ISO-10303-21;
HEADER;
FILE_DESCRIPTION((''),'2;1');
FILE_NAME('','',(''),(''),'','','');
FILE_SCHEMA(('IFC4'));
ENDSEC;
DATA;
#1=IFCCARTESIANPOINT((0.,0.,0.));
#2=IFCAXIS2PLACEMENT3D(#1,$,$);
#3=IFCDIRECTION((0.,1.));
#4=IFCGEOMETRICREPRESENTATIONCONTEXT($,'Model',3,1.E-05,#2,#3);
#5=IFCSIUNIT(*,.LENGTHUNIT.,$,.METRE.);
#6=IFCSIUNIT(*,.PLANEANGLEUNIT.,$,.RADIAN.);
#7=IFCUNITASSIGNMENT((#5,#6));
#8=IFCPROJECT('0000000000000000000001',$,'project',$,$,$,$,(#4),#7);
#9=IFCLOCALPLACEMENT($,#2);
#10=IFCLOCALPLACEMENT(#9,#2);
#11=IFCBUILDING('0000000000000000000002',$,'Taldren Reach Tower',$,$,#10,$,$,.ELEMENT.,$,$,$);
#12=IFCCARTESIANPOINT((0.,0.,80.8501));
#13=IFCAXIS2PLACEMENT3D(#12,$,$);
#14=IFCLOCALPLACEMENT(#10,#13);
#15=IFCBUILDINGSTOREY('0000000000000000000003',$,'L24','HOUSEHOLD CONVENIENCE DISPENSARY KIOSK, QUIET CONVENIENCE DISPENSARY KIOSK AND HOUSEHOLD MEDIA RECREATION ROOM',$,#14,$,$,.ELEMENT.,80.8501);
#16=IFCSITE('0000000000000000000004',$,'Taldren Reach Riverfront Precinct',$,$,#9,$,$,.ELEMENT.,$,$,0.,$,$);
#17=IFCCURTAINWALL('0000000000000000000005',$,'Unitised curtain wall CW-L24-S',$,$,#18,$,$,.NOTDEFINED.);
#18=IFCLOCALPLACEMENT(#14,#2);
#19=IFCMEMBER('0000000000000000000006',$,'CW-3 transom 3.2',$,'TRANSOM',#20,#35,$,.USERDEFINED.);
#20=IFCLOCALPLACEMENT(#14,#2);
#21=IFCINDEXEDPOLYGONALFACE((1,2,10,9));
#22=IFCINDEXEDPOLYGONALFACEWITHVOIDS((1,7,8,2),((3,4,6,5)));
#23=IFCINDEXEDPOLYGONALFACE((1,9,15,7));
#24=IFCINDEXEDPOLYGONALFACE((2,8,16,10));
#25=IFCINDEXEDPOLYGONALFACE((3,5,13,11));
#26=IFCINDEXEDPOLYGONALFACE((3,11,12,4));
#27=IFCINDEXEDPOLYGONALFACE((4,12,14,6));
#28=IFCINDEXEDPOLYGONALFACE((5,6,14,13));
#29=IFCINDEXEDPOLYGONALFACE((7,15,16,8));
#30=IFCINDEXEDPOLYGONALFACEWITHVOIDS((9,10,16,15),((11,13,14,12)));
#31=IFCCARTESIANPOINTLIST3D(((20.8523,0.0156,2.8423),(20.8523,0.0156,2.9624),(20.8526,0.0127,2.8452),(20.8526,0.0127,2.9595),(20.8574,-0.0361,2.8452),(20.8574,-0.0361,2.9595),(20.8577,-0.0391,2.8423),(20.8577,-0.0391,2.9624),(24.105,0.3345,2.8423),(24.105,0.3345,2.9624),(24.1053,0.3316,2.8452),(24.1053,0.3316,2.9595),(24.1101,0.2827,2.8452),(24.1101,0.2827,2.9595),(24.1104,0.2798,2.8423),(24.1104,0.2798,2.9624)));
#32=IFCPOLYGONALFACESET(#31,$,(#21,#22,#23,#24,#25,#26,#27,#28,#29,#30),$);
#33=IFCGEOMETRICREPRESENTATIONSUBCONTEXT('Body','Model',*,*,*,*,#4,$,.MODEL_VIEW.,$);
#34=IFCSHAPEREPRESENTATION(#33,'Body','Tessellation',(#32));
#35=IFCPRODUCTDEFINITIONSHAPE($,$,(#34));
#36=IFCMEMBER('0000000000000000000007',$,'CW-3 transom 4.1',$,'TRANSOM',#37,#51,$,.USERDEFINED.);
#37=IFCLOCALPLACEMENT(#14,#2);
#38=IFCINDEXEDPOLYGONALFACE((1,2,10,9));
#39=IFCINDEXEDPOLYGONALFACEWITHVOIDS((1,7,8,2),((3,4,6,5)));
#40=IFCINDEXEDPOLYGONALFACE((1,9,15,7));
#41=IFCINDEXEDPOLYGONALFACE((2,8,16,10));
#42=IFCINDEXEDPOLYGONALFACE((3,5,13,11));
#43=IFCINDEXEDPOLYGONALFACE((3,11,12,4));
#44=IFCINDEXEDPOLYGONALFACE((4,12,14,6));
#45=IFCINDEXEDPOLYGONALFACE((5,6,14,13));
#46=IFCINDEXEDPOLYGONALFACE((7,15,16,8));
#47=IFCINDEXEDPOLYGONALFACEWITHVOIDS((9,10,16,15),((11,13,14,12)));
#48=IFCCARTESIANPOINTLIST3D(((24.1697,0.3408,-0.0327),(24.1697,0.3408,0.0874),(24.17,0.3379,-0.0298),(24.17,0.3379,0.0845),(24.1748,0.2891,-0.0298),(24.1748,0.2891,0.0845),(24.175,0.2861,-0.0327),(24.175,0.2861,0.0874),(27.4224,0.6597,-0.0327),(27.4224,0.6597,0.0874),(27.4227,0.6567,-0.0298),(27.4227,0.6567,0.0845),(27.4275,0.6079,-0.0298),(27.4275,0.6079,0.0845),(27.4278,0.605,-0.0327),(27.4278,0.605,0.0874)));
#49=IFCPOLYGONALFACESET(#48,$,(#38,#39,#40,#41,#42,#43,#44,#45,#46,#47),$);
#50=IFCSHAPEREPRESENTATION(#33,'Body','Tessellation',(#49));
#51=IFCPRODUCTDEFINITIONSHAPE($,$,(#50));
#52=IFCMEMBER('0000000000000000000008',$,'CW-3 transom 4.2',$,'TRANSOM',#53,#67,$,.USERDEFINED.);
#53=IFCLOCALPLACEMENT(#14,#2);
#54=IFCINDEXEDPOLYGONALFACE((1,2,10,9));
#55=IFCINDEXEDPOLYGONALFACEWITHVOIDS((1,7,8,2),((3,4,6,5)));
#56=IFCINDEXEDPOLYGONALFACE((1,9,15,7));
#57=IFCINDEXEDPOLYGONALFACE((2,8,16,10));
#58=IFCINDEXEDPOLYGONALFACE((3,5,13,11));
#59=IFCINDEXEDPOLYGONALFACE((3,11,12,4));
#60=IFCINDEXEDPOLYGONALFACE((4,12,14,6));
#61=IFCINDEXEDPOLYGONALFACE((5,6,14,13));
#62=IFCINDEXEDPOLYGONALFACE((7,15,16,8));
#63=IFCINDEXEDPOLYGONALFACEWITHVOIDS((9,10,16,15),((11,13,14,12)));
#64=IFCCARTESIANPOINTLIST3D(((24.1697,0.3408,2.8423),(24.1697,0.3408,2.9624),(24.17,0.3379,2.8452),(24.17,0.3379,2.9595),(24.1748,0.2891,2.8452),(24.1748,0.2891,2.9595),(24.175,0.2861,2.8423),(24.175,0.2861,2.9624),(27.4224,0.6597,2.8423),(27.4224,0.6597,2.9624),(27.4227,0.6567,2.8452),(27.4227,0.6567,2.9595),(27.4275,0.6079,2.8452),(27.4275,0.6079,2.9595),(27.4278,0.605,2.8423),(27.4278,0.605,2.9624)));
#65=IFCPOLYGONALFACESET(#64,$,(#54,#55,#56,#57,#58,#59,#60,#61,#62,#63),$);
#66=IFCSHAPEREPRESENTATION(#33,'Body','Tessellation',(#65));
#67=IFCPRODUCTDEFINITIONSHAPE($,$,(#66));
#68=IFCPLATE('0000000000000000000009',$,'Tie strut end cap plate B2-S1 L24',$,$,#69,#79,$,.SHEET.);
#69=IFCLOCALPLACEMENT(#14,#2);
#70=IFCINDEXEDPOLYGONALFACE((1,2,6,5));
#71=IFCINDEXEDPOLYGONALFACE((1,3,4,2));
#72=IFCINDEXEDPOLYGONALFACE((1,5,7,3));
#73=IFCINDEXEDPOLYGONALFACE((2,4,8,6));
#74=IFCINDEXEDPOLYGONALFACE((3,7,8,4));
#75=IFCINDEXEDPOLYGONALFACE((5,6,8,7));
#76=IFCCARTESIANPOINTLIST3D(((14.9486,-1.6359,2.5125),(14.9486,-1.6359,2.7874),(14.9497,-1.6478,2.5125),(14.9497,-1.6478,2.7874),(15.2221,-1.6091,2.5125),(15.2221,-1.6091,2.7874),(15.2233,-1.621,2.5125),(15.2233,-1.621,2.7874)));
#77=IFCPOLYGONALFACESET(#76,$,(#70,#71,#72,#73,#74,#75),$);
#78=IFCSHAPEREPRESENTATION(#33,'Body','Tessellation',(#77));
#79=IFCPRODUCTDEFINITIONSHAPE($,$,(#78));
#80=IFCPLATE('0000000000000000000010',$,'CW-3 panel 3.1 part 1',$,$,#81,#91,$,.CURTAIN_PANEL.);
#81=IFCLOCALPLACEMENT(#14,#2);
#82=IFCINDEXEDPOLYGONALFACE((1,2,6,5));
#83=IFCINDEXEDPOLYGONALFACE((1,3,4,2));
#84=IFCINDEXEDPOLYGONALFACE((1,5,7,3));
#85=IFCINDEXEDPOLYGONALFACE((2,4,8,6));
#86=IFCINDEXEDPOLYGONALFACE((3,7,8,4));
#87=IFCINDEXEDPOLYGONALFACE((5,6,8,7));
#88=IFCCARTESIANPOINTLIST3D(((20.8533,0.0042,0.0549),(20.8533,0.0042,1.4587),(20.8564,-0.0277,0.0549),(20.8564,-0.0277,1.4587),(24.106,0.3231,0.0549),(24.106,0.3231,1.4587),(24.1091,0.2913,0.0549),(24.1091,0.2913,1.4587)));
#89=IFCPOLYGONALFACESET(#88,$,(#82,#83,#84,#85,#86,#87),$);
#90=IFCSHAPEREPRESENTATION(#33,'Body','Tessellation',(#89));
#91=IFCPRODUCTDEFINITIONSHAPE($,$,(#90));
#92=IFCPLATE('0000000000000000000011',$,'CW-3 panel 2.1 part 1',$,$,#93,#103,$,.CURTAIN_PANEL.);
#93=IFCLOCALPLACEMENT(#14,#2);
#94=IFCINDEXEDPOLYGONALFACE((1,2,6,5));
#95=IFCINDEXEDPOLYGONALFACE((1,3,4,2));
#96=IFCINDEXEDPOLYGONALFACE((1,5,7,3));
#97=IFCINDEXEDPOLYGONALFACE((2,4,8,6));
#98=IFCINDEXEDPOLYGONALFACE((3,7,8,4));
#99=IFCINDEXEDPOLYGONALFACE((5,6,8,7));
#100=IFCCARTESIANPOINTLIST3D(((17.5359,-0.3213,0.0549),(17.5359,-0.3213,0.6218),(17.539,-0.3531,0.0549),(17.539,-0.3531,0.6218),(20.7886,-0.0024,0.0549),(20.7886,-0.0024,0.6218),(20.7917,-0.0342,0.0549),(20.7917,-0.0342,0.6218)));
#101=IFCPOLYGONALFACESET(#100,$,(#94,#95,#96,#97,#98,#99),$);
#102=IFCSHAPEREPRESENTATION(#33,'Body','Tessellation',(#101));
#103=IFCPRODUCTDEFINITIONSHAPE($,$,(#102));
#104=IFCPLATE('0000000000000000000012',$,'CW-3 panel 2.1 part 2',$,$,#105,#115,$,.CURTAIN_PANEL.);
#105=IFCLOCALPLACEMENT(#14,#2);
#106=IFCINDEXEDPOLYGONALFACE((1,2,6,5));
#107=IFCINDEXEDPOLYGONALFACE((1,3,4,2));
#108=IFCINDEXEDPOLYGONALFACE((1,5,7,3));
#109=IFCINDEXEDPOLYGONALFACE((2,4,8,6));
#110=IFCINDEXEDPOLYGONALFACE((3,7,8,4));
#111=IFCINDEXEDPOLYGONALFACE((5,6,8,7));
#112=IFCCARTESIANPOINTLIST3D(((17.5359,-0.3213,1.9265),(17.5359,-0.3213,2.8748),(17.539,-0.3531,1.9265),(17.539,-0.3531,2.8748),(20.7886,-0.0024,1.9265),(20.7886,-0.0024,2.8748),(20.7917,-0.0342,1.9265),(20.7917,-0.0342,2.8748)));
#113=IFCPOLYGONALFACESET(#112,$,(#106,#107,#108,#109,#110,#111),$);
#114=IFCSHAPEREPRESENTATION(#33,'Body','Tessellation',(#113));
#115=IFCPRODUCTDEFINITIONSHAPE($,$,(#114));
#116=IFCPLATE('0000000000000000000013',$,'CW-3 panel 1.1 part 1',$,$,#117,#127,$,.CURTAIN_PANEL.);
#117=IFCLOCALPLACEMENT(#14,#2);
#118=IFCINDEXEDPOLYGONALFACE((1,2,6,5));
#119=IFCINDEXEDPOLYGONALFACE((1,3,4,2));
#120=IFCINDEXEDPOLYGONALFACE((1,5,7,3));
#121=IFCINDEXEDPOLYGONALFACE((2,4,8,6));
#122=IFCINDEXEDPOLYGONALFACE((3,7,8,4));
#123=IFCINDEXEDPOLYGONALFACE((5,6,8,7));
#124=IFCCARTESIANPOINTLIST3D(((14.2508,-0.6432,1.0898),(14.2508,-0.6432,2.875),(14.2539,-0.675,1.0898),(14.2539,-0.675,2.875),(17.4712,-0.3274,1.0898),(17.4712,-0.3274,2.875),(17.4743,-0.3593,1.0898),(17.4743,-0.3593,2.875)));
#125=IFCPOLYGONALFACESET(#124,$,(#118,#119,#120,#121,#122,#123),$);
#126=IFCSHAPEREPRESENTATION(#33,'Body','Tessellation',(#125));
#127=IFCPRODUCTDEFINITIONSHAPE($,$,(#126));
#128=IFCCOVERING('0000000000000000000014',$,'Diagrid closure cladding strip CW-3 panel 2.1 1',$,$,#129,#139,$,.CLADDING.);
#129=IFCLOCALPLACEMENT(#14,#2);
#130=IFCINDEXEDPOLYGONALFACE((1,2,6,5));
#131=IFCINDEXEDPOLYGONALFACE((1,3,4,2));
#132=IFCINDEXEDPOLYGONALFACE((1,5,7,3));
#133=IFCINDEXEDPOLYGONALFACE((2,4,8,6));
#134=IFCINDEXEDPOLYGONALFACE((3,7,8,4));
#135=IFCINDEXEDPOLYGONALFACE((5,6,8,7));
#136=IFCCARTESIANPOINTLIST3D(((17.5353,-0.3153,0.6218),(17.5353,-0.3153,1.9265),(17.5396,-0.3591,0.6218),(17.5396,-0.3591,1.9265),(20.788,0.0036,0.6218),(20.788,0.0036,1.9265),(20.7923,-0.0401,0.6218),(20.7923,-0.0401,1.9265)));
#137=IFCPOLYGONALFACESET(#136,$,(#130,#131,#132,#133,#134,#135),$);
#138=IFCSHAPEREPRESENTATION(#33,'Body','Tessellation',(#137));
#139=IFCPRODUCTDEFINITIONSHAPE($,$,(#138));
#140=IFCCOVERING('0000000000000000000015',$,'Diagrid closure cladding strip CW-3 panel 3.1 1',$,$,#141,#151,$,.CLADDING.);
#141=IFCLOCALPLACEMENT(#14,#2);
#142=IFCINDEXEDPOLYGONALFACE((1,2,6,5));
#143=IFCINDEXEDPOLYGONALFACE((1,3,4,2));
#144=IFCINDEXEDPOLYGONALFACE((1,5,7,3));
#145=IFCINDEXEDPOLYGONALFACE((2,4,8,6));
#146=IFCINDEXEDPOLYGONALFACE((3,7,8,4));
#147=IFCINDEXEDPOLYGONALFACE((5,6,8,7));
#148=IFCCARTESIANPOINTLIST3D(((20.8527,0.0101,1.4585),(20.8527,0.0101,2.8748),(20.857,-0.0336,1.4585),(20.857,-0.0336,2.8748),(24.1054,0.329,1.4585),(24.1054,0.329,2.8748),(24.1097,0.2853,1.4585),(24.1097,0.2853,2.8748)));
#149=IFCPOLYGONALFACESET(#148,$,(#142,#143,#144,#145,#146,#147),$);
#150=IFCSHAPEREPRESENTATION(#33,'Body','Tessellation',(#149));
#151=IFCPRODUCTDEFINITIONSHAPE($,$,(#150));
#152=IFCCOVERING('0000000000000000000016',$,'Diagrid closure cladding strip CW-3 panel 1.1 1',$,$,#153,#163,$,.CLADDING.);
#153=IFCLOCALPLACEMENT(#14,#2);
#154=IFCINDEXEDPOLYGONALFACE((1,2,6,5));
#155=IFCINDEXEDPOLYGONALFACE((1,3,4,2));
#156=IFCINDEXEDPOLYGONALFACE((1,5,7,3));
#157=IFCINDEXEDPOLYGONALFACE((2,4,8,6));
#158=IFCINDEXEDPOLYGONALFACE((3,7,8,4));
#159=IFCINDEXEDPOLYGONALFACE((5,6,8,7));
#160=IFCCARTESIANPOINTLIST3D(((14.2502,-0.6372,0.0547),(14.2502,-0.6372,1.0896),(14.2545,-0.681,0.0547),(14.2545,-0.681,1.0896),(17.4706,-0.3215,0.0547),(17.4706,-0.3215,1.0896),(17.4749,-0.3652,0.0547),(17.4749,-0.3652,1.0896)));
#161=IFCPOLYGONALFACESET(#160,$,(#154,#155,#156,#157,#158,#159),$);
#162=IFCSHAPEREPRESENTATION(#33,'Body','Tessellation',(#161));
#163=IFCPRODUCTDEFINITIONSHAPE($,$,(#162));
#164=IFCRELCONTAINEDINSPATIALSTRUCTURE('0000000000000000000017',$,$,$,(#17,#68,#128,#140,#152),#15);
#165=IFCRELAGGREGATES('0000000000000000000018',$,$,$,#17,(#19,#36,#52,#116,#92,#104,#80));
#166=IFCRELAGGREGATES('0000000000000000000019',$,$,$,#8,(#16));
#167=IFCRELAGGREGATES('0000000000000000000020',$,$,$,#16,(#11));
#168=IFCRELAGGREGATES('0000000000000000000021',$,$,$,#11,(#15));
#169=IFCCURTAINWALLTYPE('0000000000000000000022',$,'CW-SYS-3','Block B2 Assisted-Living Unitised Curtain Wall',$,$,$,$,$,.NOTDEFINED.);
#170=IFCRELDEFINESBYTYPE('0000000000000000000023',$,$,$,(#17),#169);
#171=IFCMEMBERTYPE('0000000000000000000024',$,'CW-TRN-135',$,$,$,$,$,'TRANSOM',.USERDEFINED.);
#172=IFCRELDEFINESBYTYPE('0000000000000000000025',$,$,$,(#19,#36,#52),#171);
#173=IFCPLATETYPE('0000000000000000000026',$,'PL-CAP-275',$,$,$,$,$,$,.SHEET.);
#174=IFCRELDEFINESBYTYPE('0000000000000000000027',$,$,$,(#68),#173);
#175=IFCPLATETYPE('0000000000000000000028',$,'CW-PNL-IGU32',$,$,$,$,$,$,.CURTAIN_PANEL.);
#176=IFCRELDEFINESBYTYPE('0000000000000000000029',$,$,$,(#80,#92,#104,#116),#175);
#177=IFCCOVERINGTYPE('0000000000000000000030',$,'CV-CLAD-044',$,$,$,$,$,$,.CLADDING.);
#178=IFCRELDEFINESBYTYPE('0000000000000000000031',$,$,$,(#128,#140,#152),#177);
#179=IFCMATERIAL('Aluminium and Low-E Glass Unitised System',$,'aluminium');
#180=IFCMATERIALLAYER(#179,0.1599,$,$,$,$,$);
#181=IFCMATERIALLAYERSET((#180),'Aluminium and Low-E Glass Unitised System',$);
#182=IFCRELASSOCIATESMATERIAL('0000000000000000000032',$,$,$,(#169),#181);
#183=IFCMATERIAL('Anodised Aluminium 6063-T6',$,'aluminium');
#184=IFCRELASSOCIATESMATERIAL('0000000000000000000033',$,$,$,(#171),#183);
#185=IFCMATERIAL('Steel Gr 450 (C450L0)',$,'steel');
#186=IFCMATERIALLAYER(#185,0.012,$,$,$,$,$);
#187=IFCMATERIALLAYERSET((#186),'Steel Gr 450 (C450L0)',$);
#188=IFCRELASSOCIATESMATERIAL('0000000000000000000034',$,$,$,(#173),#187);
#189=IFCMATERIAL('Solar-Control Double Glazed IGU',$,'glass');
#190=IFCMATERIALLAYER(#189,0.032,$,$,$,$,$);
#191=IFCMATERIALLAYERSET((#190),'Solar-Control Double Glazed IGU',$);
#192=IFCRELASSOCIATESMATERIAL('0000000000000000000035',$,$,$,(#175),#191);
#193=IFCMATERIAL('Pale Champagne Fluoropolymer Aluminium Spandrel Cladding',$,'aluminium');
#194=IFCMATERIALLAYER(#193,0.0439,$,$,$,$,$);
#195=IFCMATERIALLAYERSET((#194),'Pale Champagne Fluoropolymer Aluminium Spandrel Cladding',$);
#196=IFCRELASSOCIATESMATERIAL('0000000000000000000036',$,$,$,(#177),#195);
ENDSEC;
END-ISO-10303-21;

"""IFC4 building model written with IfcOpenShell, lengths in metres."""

from ifc_helpers import new_model, si_unit, direction, frame, origin, origin_2d, place, context, subcontext, project, spatial, rectangle, hollow_rectangle, extrude, source, transform, mapped, material, layer, layer_set, material_profile, profile_set, type_object, element, aggregate, save


model = new_model("IFC4")

# Units and contexts
model_context = context("Model", 3, precision=1e-05, world=origin(), true_north=direction((0.0, 1.0)))
body_context = subcontext(model_context, "Body", "Model", "MODEL_VIEW")
ifc_project = project(units=[si_unit("LENGTHUNIT", "METRE"), si_unit("PLANEANGLEUNIT", "RADIAN")], contexts=[model_context])

# Site, building, storey
site_placement = place(None, origin())
site = spatial("IfcSite", under=ifc_project, at=site_placement, Name="Taldren Reach Riverfront Precinct", CompositionType="ELEMENT", RefElevation=0.0)
building_placement = place(site_placement, origin())
building = spatial("IfcBuilding", under=site, at=building_placement, Name="Taldren Reach Tower", CompositionType="ELEMENT")
storey_placement = place(building_placement, frame((0.0, 0.0, 80.8501)))
storey = spatial("IfcBuildingStorey", under=building, at=storey_placement, Name="L24", Description="HOUSEHOLD CONVENIENCE DISPENSARY KIOSK, QUIET CONVENIENCE DISPENSARY KIOSK AND HOUSEHOLD MEDIA RECREATION ROOM", CompositionType="ELEMENT", Elevation=80.8501)

# Shared definitions
ifc_material_1 = material(Name="Steel Gr 450 (C450L0)", Category="steel")

# Curtain wall, members
ifc_material_2 = material(Name="Aluminium and Low-E Glass Unitised System", Category="aluminium")
ifc_layer_1 = layer(ifc_material_2, 0.1599)
ifc_layer_set_1 = layer_set([ifc_layer_1], Name="Aluminium and Low-E Glass Unitised System")
curtain_wall_type = type_object("IfcCurtainWallType", Name="CW-SYS-3", Description="Block B2 Assisted-Living Unitised Curtain Wall", PredefinedType="NOTDEFINED", material=ifc_layer_set_1)
curtain_wall_placement = place(storey_placement, origin())
curtain_wall = element("IfcCurtainWall", 1, at=curtain_wall_placement, inside=storey, type_object=curtain_wall_type, Name="Unitised curtain wall CW-L24-S", PredefinedType="NOTDEFINED")
ifc_material_3 = material(Name="Anodised Aluminium 6063-T6", Category="aluminium")
ifc_material_profile_1 = material_profile(ifc_material_3, hollow_rectangle(XDim=0.0549, YDim=0.1201, WallThickness=0.0029, at=origin_2d()), Name="ALU-120x55x3RHS")
ifc_profile_set_1 = profile_set([ifc_material_profile_1], Name="Anodised Aluminium 6063-T6")
member_type_1 = type_object("IfcMemberType", Name="CW-TRN-135", ElementType="TRANSOM", PredefinedType="USERDEFINED", material=ifc_profile_set_1)
shared_shape_1 = source(origin(), body_context, "Body", "SweptSolid", [
    extrude(hollow_rectangle(XDim=0.0549, YDim=0.1201, WallThickness=0.0029, at=origin_2d()), origin(), (0.0, 0.0, 1.0), 3.2683),
])
member_1_placement = place(storey_placement, frame((20.855, -0.0117, 2.9023), z_axis=(0.99523, 0.097558, 0.0), x_axis=(-0.097558, 0.99523, 0.0)))
member_1 = element("IfcMember", 2, at=member_1_placement, type_object=member_type_1, Name="CW-3 transom 3.2", ObjectType="TRANSOM", PredefinedType="USERDEFINED", context=body_context, shape_type="MappedRepresentation", body=[
    mapped(shared_shape_1, transform((0.0, 0.0, 0.0), scale=1.0)),
])
member_2_placement = place(storey_placement, frame((24.1724, 0.3135, 0.0273), z_axis=(0.99523, 0.097558, 0.0), x_axis=(-0.097558, 0.99523, 0.0)))
member_2 = element("IfcMember", 3, at=member_2_placement, type_object=member_type_1, Name="CW-3 transom 4.1", ObjectType="TRANSOM", PredefinedType="USERDEFINED", context=body_context, shape_type="MappedRepresentation", body=[
    mapped(shared_shape_1, transform((0.0, 0.0, 0.0), scale=1.0)),
])
member_3_placement = place(storey_placement, frame((24.1724, 0.3135, 2.9023), z_axis=(0.99523, 0.097558, 0.0), x_axis=(-0.097558, 0.99523, 0.0)))
member_3 = element("IfcMember", 4, at=member_3_placement, type_object=member_type_1, Name="CW-3 transom 4.2", ObjectType="TRANSOM", PredefinedType="USERDEFINED", context=body_context, shape_type="MappedRepresentation", body=[
    mapped(shared_shape_1, transform((0.0, 0.0, 0.0), scale=1.0)),
])

# Plates
ifc_layer_2 = layer(ifc_material_1, 0.012)
ifc_layer_set_2 = layer_set([ifc_layer_2], Name="Steel Gr 450 (C450L0)")
plate_type_1 = type_object("IfcPlateType", Name="PL-CAP-275", PredefinedType="SHEET", material=ifc_layer_set_2)
shared_shape_2 = source(origin(), body_context, "Body", "SweptSolid", [
    extrude(rectangle(XDim=0.2749, YDim=0.012, at=origin_2d()), origin(), (0.0, 0.0, 1.0), 0.2749),
])
plate_1_placement = place(storey_placement, frame((15.0859, -1.6284, 2.5125), z_axis=(0.0, 0.0, 1.0), x_axis=(0.995227, 0.097583, 0.0)))
element("IfcPlate", 5, at=plate_1_placement, inside=storey, type_object=plate_type_1, Name="Tie strut end cap plate B2-S1 L24", PredefinedType="SHEET", context=body_context, shape_type="MappedRepresentation", body=[
    mapped(shared_shape_2, transform((0.0, 0.0, 0.0), scale=1.0)),
])
ifc_material_4 = material(Name="Solar-Control Double Glazed IGU", Category="glass")
ifc_layer_3 = layer(ifc_material_4, 0.032)
ifc_layer_set_3 = layer_set([ifc_layer_3], Name="Solar-Control Double Glazed IGU")
plate_type_2 = type_object("IfcPlateType", Name="CW-PNL-IGU32", PredefinedType="CURTAIN_PANEL", material=ifc_layer_set_3)
shared_shape_3 = source(origin(), body_context, "Body", "SweptSolid", [
    extrude(rectangle(XDim=3.2683, YDim=0.032, at=origin_2d()), origin(), (0.0, 0.0, 1.0), 1.4038),
])
plate_2_placement = place(storey_placement, frame((22.4812, 0.1477, 0.0549), z_axis=(0.0, 0.0, 1.0), x_axis=(0.995227, 0.097583, 0.0)))
plate_2 = element("IfcPlate", 6, at=plate_2_placement, type_object=plate_type_2, Name="CW-3 panel 3.1 part 1", PredefinedType="CURTAIN_PANEL", context=body_context, shape_type="MappedRepresentation", body=[
    mapped(shared_shape_3, transform((0.0, 0.0, 0.0), scale=1.0)),
])
shared_shape_4 = source(origin(), body_context, "Body", "SweptSolid", [
    extrude(rectangle(XDim=3.2683, YDim=0.032, at=origin_2d()), origin(), (0.0, 0.0, 1.0), 0.5669),
])
plate_3_placement = place(storey_placement, frame((19.1638, -0.1777, 0.0549), z_axis=(0.0, 0.0, 1.0), x_axis=(0.995227, 0.097583, 0.0)))
plate_3 = element("IfcPlate", 7, at=plate_3_placement, type_object=plate_type_2, Name="CW-3 panel 2.1 part 1", PredefinedType="CURTAIN_PANEL", context=body_context, shape_type="MappedRepresentation", body=[
    mapped(shared_shape_4, transform((0.0, 0.0, 0.0), scale=1.0)),
])
shared_shape_5 = source(origin(), body_context, "Body", "SweptSolid", [
    extrude(rectangle(XDim=3.2683, YDim=0.032, at=origin_2d()), origin(), (0.0, 0.0, 1.0), 0.9482),
])
plate_4_placement = place(storey_placement, frame((19.1638, -0.1777, 1.9265), z_axis=(0.0, 0.0, 1.0), x_axis=(0.995227, 0.097583, 0.0)))
plate_4 = element("IfcPlate", 8, at=plate_4_placement, type_object=plate_type_2, Name="CW-3 panel 2.1 part 2", PredefinedType="CURTAIN_PANEL", context=body_context, shape_type="MappedRepresentation", body=[
    mapped(shared_shape_5, transform((0.0, 0.0, 0.0), scale=1.0)),
])
shared_shape_6 = source(origin(), body_context, "Body", "SweptSolid", [
    extrude(rectangle(XDim=3.2358, YDim=0.032, at=origin_2d()), origin(), (0.0, 0.0, 1.0), 1.7852),
])
plate_5_placement = place(storey_placement, frame((15.8625, -0.5012, 1.0898), z_axis=(0.0, 0.0, 1.0), x_axis=(0.995227, 0.097583, 0.0)))
plate_5 = element("IfcPlate", 9, at=plate_5_placement, type_object=plate_type_2, Name="CW-3 panel 1.1 part 1", PredefinedType="CURTAIN_PANEL", context=body_context, shape_type="MappedRepresentation", body=[
    mapped(shared_shape_6, transform((0.0, 0.0, 0.0), scale=1.0)),
])
aggregate(curtain_wall, [member_1, member_2, member_3, plate_5, plate_3, plate_4, plate_2])

# Coverings
ifc_material_5 = material(Name="Pale Champagne Fluoropolymer Aluminium Spandrel Cladding", Category="aluminium")
ifc_layer_4 = layer(ifc_material_5, 0.0439)
ifc_layer_set_4 = layer_set([ifc_layer_4], Name="Pale Champagne Fluoropolymer Aluminium Spandrel Cladding")
covering_type = type_object("IfcCoveringType", Name="CV-CLAD-044", PredefinedType="CLADDING", material=ifc_layer_set_4)
shared_shape_7 = source(origin(), body_context, "Body", "SweptSolid", [
    extrude(rectangle(XDim=3.2683, YDim=0.0439, at=origin_2d()), origin(), (0.0, 0.0, 1.0), 1.3047),
])
covering_1_placement = place(storey_placement, frame((19.1638, -0.1777, 0.6218), z_axis=(0.0, 0.0, 1.0), x_axis=(0.995227, 0.097583, 0.0)))
element("IfcCovering", 10, at=covering_1_placement, inside=storey, type_object=covering_type, Name="Diagrid closure cladding strip CW-3 panel 2.1 1", PredefinedType="CLADDING", context=body_context, shape_type="MappedRepresentation", body=[
    mapped(shared_shape_7, transform((0.0, 0.0, 0.0), scale=1.0)),
])
shared_shape_8 = source(origin(), body_context, "Body", "SweptSolid", [
    extrude(rectangle(XDim=3.2683, YDim=0.0439, at=origin_2d()), origin(), (0.0, 0.0, 1.0), 1.4163),
])
covering_2_placement = place(storey_placement, frame((22.4812, 0.1477, 1.4585), z_axis=(0.0, 0.0, 1.0), x_axis=(0.995227, 0.097583, 0.0)))
element("IfcCovering", 11, at=covering_2_placement, inside=storey, type_object=covering_type, Name="Diagrid closure cladding strip CW-3 panel 3.1 1", PredefinedType="CLADDING", context=body_context, shape_type="MappedRepresentation", body=[
    mapped(shared_shape_8, transform((0.0, 0.0, 0.0), scale=1.0)),
])
shared_shape_9 = source(origin(), body_context, "Body", "SweptSolid", [
    extrude(rectangle(XDim=3.2358, YDim=0.0439, at=origin_2d()), origin(), (0.0, 0.0, 1.0), 1.0349),
])
covering_3_placement = place(storey_placement, frame((15.8625, -0.5012, 0.0547), z_axis=(0.0, 0.0, 1.0), x_axis=(0.995227, 0.097583, 0.0)))
element("IfcCovering", 12, at=covering_3_placement, inside=storey, type_object=covering_type, Name="Diagrid closure cladding strip CW-3 panel 1.1 1", PredefinedType="CLADDING", context=body_context, shape_type="MappedRepresentation", body=[
    mapped(shared_shape_9, transform((0.0, 0.0, 0.0), scale=1.0)),
])

save(model, "model.ifc")
